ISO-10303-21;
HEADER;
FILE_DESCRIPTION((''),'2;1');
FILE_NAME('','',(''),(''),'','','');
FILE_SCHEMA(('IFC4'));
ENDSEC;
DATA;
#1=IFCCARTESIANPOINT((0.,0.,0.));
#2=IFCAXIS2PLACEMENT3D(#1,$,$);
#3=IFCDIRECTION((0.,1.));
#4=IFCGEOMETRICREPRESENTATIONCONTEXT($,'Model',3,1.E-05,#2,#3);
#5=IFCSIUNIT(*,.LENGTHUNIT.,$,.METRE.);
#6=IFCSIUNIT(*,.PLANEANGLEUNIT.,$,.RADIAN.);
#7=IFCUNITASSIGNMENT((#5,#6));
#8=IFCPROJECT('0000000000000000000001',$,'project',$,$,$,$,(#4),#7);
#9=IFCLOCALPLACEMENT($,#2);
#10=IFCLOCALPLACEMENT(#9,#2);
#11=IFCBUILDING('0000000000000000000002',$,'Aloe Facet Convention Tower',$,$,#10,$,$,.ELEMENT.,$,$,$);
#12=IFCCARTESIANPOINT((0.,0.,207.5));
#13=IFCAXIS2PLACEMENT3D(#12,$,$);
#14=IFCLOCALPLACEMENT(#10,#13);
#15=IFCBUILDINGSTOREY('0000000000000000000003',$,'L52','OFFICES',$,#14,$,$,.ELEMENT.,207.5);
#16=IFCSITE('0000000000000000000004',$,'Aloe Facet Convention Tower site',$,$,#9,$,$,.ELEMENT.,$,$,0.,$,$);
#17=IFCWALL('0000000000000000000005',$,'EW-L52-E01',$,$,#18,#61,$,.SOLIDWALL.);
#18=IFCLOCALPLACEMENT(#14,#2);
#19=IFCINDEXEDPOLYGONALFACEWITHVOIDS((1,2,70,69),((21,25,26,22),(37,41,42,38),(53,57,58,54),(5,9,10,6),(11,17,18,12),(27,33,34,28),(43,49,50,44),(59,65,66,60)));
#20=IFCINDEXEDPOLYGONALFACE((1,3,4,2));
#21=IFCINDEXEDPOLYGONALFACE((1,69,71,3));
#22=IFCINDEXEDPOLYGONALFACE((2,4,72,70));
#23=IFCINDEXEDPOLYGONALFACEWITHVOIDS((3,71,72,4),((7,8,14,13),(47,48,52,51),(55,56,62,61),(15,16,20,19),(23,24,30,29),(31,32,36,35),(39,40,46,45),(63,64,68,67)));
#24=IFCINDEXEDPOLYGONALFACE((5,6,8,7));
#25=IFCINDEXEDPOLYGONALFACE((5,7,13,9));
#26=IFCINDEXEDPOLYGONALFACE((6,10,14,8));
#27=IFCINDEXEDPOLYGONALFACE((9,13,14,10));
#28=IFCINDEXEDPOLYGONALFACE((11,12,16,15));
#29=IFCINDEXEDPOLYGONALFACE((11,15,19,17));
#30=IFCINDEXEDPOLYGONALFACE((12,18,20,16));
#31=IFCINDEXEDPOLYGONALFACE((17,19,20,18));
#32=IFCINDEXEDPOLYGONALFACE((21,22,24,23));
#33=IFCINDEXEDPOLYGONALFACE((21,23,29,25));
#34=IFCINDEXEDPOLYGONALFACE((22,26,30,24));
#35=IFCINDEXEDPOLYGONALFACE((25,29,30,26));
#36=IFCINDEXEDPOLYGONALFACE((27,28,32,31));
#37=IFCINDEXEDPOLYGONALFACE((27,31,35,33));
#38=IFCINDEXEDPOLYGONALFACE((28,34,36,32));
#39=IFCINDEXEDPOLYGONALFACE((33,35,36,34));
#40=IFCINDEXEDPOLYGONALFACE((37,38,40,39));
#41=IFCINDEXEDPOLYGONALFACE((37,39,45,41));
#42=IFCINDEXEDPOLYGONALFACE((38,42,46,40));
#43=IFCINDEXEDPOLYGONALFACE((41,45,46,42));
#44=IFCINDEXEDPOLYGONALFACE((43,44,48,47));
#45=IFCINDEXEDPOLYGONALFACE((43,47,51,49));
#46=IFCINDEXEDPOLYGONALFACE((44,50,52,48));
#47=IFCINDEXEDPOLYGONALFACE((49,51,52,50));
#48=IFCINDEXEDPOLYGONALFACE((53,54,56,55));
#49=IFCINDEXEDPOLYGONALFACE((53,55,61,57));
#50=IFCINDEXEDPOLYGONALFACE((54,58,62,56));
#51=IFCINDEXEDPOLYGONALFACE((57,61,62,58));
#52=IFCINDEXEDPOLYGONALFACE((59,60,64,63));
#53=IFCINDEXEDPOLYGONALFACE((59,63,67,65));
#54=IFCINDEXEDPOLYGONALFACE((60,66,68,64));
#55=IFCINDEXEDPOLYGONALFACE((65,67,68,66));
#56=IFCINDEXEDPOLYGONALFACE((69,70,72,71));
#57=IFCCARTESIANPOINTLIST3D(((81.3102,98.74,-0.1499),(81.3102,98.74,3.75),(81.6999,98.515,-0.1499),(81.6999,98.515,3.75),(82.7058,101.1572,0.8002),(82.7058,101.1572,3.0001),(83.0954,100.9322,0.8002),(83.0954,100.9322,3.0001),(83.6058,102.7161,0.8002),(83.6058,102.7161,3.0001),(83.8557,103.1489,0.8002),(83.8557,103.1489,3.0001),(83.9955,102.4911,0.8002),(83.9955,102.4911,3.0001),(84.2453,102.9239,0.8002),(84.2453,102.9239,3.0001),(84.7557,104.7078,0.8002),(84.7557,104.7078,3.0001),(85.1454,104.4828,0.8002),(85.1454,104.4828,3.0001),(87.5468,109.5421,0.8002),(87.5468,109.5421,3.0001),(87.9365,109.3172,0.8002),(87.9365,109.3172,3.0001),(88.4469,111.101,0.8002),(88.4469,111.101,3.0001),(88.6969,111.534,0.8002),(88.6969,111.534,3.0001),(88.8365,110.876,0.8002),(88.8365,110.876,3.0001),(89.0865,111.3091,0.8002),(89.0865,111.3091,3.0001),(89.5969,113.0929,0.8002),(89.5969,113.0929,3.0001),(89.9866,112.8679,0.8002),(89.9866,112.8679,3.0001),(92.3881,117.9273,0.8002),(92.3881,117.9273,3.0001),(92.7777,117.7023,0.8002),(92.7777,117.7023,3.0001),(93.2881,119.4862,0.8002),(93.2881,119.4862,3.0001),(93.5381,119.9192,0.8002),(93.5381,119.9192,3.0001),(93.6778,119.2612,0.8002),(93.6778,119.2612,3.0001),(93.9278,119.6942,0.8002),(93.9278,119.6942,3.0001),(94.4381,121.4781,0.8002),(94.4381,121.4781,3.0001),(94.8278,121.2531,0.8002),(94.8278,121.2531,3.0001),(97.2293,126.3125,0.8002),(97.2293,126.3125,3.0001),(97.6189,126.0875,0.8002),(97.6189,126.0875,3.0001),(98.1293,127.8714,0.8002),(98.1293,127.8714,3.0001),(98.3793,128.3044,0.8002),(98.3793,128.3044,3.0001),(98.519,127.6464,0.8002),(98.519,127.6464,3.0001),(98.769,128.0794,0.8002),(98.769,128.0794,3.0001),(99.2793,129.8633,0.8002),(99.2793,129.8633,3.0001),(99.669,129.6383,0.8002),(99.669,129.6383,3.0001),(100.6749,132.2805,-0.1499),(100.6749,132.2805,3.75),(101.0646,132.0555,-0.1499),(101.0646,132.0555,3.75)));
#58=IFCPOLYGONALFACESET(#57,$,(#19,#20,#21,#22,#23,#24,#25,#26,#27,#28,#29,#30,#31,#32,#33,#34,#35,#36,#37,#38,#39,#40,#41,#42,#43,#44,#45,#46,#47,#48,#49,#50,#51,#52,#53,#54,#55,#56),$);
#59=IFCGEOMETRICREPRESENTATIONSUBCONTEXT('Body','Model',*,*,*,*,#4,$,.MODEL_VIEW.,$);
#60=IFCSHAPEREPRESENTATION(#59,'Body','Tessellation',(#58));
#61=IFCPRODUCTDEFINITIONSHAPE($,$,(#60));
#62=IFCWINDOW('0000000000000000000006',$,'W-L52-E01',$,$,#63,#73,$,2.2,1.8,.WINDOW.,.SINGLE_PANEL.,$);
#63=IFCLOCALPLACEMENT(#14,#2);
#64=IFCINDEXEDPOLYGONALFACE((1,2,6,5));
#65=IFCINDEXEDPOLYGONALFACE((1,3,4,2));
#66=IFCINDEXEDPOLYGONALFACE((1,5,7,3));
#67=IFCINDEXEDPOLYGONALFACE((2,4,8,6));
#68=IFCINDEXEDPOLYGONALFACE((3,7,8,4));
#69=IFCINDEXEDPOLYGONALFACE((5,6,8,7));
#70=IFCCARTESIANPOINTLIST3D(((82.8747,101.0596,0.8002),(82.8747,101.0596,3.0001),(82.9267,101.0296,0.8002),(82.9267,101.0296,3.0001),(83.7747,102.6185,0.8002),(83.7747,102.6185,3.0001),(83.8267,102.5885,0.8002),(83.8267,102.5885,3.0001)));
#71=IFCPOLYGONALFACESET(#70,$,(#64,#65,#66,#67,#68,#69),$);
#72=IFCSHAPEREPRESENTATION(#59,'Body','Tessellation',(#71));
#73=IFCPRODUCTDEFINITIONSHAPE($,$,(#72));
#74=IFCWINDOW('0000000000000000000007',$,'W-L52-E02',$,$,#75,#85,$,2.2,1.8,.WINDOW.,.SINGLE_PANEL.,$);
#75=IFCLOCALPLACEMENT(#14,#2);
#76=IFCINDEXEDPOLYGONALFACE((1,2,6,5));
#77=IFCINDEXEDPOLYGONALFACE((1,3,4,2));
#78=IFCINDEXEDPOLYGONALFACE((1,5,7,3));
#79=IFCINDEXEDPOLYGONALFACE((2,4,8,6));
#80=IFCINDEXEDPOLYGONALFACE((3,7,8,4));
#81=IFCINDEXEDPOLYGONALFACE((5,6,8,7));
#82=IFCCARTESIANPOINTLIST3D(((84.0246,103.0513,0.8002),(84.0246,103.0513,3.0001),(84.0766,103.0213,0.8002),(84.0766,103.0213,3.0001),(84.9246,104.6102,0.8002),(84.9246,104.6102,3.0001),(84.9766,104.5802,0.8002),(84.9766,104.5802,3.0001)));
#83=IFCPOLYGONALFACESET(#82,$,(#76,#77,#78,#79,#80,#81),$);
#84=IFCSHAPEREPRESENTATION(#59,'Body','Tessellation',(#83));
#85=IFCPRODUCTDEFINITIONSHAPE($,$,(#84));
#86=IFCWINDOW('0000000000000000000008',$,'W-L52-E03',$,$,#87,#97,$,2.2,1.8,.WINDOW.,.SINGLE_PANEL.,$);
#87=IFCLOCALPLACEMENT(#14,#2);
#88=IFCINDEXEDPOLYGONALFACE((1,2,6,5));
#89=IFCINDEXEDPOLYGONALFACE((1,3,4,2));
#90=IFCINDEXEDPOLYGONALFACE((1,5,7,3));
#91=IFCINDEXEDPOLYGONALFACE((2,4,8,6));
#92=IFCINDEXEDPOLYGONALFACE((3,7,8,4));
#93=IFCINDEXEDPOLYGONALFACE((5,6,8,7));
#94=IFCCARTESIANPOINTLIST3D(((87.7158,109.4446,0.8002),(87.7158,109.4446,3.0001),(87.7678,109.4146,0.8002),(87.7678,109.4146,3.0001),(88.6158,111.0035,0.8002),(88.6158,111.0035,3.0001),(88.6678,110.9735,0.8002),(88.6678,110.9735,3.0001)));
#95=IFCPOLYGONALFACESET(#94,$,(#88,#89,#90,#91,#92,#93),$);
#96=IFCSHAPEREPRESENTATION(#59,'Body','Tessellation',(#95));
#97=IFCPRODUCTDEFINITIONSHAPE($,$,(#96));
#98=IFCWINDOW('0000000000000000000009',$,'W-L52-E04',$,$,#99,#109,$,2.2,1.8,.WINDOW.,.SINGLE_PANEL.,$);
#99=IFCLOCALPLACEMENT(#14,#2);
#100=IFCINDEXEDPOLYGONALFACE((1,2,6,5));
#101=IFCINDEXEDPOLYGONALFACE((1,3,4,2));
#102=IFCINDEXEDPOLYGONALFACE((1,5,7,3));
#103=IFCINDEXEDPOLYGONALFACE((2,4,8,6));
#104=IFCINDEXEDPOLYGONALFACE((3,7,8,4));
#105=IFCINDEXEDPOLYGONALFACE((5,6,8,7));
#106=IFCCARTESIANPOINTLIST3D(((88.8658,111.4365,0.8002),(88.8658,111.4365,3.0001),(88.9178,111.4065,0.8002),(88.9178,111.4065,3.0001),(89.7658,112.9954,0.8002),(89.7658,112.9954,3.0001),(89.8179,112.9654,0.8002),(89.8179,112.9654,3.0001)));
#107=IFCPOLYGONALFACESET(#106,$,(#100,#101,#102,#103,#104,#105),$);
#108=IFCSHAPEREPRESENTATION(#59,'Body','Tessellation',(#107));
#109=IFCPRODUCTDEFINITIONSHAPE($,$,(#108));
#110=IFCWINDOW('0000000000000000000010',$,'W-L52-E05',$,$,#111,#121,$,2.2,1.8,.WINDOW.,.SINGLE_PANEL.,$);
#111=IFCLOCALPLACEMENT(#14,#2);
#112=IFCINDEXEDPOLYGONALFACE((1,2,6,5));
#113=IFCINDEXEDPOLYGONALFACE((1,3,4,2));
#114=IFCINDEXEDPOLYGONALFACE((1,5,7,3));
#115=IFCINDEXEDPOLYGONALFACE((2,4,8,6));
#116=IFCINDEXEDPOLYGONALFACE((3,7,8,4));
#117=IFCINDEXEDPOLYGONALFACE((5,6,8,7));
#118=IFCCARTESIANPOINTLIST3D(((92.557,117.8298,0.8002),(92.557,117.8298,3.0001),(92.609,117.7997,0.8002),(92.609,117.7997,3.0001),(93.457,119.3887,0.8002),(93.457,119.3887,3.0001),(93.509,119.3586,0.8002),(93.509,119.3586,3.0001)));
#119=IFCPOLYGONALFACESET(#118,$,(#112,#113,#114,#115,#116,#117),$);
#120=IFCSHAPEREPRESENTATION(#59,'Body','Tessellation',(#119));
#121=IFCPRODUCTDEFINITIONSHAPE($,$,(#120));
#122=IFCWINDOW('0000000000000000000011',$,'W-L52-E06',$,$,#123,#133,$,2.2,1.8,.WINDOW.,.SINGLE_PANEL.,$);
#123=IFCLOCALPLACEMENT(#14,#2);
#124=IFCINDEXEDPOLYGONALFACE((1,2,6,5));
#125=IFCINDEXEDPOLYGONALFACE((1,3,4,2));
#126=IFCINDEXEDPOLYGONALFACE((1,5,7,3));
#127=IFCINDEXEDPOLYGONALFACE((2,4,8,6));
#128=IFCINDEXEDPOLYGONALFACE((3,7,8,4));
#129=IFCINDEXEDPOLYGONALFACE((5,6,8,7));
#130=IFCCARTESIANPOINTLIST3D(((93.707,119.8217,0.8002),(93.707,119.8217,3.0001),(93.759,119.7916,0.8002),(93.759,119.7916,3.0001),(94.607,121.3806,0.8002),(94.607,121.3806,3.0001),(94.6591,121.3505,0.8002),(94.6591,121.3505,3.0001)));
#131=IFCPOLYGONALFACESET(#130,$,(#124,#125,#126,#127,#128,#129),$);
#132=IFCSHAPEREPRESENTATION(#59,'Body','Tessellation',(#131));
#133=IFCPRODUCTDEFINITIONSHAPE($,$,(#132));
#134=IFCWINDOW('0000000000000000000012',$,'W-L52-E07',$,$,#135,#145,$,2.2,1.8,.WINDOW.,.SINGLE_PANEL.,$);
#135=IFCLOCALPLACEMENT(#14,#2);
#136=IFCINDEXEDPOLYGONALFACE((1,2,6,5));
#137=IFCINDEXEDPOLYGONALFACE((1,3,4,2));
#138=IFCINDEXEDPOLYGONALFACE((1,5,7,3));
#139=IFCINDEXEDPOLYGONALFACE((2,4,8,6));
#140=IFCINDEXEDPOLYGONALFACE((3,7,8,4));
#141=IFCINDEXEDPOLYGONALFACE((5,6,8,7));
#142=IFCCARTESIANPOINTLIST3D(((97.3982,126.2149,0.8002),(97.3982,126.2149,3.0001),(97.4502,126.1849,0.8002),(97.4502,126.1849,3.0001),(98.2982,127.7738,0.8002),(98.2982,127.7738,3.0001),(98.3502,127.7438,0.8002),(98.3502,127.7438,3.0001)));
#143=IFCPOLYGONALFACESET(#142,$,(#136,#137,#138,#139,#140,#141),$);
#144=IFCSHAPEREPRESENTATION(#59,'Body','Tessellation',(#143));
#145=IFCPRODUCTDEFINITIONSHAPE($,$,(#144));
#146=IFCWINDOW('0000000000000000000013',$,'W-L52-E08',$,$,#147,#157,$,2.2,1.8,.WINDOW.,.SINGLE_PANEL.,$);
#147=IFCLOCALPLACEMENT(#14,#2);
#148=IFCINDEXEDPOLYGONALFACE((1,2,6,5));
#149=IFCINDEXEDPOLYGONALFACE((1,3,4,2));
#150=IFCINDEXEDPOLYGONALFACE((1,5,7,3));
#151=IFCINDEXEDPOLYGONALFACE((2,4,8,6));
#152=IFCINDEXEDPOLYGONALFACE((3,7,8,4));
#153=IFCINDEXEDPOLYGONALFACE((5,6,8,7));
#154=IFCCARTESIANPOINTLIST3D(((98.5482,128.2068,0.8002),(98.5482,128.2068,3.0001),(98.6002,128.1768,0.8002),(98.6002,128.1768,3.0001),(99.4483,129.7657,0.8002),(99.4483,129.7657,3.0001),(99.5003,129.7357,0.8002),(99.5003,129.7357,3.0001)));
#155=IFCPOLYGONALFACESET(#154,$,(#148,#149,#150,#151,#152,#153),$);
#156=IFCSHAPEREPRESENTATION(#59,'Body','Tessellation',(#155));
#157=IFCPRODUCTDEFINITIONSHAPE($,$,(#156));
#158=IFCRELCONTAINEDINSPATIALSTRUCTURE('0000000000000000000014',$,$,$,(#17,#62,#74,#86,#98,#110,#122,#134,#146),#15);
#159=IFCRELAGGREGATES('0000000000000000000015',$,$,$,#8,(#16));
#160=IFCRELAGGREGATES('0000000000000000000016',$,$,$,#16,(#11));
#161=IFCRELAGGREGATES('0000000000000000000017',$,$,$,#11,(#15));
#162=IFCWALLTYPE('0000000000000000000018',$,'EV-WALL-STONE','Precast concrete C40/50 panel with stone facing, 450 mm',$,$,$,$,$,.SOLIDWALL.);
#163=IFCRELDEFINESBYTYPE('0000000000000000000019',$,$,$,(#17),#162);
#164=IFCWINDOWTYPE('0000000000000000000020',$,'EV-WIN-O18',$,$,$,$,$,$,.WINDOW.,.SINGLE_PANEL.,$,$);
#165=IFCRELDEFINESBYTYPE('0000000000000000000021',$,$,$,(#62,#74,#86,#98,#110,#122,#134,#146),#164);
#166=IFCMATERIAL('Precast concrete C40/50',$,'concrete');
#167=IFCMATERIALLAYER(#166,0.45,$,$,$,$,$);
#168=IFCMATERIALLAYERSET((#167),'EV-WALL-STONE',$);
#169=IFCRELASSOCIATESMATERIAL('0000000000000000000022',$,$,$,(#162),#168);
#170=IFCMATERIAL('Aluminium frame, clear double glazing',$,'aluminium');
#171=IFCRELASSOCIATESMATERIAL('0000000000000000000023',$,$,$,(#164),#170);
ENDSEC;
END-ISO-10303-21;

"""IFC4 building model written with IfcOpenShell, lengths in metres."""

from ifc_helpers import new_model, si_unit, direction, frame, frame_2d, origin, place, context, subcontext, project, spatial, polyline, rectangle, outline, extrude, material, layer, layer_set, type_object, element, fill, save


model = new_model("IFC4")

# Units and contexts
model_context = context("Model", 3, precision=1e-05, world=origin(), true_north=direction((0.0, 1.0)))
body_context = subcontext(model_context, "Body", "Model", "MODEL_VIEW")
ifc_project = project(units=[si_unit("LENGTHUNIT", "METRE"), si_unit("PLANEANGLEUNIT", "RADIAN")], contexts=[model_context])

# Site, building, storey
site_placement = place(None, origin())
site = spatial("IfcSite", under=ifc_project, at=site_placement, Name="Aloe Facet Convention Tower site", CompositionType="ELEMENT", RefElevation=0.0)
building_placement = place(site_placement, origin())
building = spatial("IfcBuilding", under=site, at=building_placement, Name="Aloe Facet Convention Tower", CompositionType="ELEMENT")
storey_placement = place(building_placement, frame((0.0, 0.0, 207.5)))
storey = spatial("IfcBuildingStorey", under=building, at=storey_placement, Name="L52", Description="OFFICES", CompositionType="ELEMENT", Elevation=207.5)

# Wall, openings, windows
ifc_material_1 = material(Name="Precast concrete C40/50", Category="concrete")
ifc_layer_1 = layer(ifc_material_1, 0.45)
ifc_layer_set_1 = layer_set([ifc_layer_1], Name="EV-WALL-STONE")
wall_type_1 = type_object("IfcWallType", Name="EV-WALL-STONE", Description="Precast concrete C40/50 panel with stone facing, 450 mm", PredefinedType="SOLIDWALL", material=ifc_layer_set_1)
wall_1_placement = place(storey_placement, frame((81.5051, 98.6274, -0.1499), z_axis=(0.0, 0.0, 1.0), x_axis=(0.500002, 0.866024, 0.0)))
wall_1 = element("IfcWall", 1, at=wall_1_placement, inside=storey, type_object=wall_type_1, Name="EW-L52-E01", PredefinedType="SOLIDWALL", context=body_context, shape_type="SweptSolid", body=[
    extrude(outline(polyline([(38.7292, 0.0), (38.7292, 3.8999), (0.0, 3.8999), (0.0, 0.0), (38.7292, 0.0)])), frame((0.0, 0.2251, 0.0), z_axis=(0.0, -1.0, 0.0), x_axis=(1.0, 0.0, 0.0)), (0.0, 0.0, 1.0), 0.45),
])
opening_1_placement = place(wall_1_placement, frame((2.7913, 0.0, 0.95)))
opening_1 = element("IfcOpeningElement", 2, at=opening_1_placement, cuts=wall_1, PredefinedType="OPENING", context=body_context, shape_type="SweptSolid", body=[
    extrude(rectangle(XDim=1.8, YDim=2.2, at=frame_2d((0.8999, 1.1001))), frame((0.0, 0.2349, 0.0), z_axis=(0.0, -1.0, 0.0), x_axis=(1.0, 0.0, 0.0)), (0.0, 0.0, 1.0), 0.47),
])
opening_2_placement = place(wall_1_placement, frame((5.0911, 0.0, 0.95)))
opening_2 = element("IfcOpeningElement", 3, at=opening_2_placement, cuts=wall_1, PredefinedType="OPENING", context=body_context, shape_type="SweptSolid", body=[
    extrude(rectangle(XDim=1.8, YDim=2.2, at=frame_2d((0.8999, 1.1001))), frame((0.0, 0.2349, 0.0), z_axis=(0.0, -1.0, 0.0), x_axis=(1.0, 0.0, 0.0)), (0.0, 0.0, 1.0), 0.47),
])
opening_3_placement = place(wall_1_placement, frame((12.4734, 0.0, 0.95)))
opening_3 = element("IfcOpeningElement", 4, at=opening_3_placement, cuts=wall_1, PredefinedType="OPENING", context=body_context, shape_type="SweptSolid", body=[
    extrude(rectangle(XDim=1.8, YDim=2.2, at=frame_2d((0.8999, 1.1001))), frame((0.0, 0.2349, 0.0), z_axis=(0.0, -1.0, 0.0), x_axis=(1.0, 0.0, 0.0)), (0.0, 0.0, 1.0), 0.47),
])
opening_4_placement = place(wall_1_placement, frame((14.7734, 0.0, 0.95)))
opening_4 = element("IfcOpeningElement", 5, at=opening_4_placement, cuts=wall_1, PredefinedType="OPENING", context=body_context, shape_type="SweptSolid", body=[
    extrude(rectangle(XDim=1.8, YDim=2.2, at=frame_2d((0.8999, 1.1001))), frame((0.0, 0.2349, 0.0), z_axis=(0.0, -1.0, 0.0), x_axis=(1.0, 0.0, 0.0)), (0.0, 0.0, 1.0), 0.47),
])
opening_5_placement = place(wall_1_placement, frame((22.1558, 0.0, 0.95)))
opening_5 = element("IfcOpeningElement", 6, at=opening_5_placement, cuts=wall_1, PredefinedType="OPENING", context=body_context, shape_type="SweptSolid", body=[
    extrude(rectangle(XDim=1.8, YDim=2.2, at=frame_2d((0.8999, 1.1001))), frame((0.0, 0.2349, 0.0), z_axis=(0.0, -1.0, 0.0), x_axis=(1.0, 0.0, 0.0)), (0.0, 0.0, 1.0), 0.47),
])
opening_6_placement = place(wall_1_placement, frame((24.4558, 0.0, 0.95)))
opening_6 = element("IfcOpeningElement", 7, at=opening_6_placement, cuts=wall_1, PredefinedType="OPENING", context=body_context, shape_type="SweptSolid", body=[
    extrude(rectangle(XDim=1.8, YDim=2.2, at=frame_2d((0.8999, 1.1001))), frame((0.0, 0.2349, 0.0), z_axis=(0.0, -1.0, 0.0), x_axis=(1.0, 0.0, 0.0)), (0.0, 0.0, 1.0), 0.47),
])
opening_7_placement = place(wall_1_placement, frame((31.8381, 0.0, 0.95)))
opening_7 = element("IfcOpeningElement", 8, at=opening_7_placement, cuts=wall_1, PredefinedType="OPENING", context=body_context, shape_type="SweptSolid", body=[
    extrude(rectangle(XDim=1.8, YDim=2.2, at=frame_2d((0.8999, 1.1001))), frame((0.0, 0.2349, 0.0), z_axis=(0.0, -1.0, 0.0), x_axis=(1.0, 0.0, 0.0)), (0.0, 0.0, 1.0), 0.47),
])
opening_8_placement = place(wall_1_placement, frame((34.1382, 0.0, 0.95)))
opening_8 = element("IfcOpeningElement", 9, at=opening_8_placement, cuts=wall_1, PredefinedType="OPENING", context=body_context, shape_type="SweptSolid", body=[
    extrude(rectangle(XDim=1.8, YDim=2.2, at=frame_2d((0.8999, 1.1001))), frame((0.0, 0.2349, 0.0), z_axis=(0.0, -1.0, 0.0), x_axis=(1.0, 0.0, 0.0)), (0.0, 0.0, 1.0), 0.47),
])
ifc_material_2 = material(Name="Aluminium frame, clear double glazing", Category="aluminium")
window_type = type_object("IfcWindowType", Name="EV-WIN-O18", PartitioningType="SINGLE_PANEL", PredefinedType="WINDOW", material=ifc_material_2)
window_1_placement = place(opening_1_placement, origin())
window_1 = element("IfcWindow", 10, at=window_1_placement, inside=storey, type_object=window_type, Name="W-L52-E01", OverallHeight=2.2, OverallWidth=1.8, PartitioningType="SINGLE_PANEL", PredefinedType="WINDOW", context=body_context, shape_type="SweptSolid", body=[
    extrude(rectangle(XDim=1.8, YDim=2.2, at=frame_2d((0.8999, 1.1001))), frame((0.0, 0.03, 0.0), z_axis=(0.0, -1.0, 0.0), x_axis=(1.0, 0.0, 0.0)), (0.0, 0.0, 1.0), 0.0601),
])
fill(opening_1, window_1)
window_2_placement = place(opening_2_placement, origin())
window_2 = element("IfcWindow", 11, at=window_2_placement, inside=storey, type_object=window_type, Name="W-L52-E02", OverallHeight=2.2, OverallWidth=1.8, PartitioningType="SINGLE_PANEL", PredefinedType="WINDOW", context=body_context, shape_type="SweptSolid", body=[
    extrude(rectangle(XDim=1.8, YDim=2.2, at=frame_2d((0.8999, 1.1001))), frame((0.0, 0.03, 0.0), z_axis=(0.0, -1.0, 0.0), x_axis=(1.0, 0.0, 0.0)), (0.0, 0.0, 1.0), 0.0601),
])
fill(opening_2, window_2)
window_3_placement = place(opening_3_placement, origin())
window_3 = element("IfcWindow", 12, at=window_3_placement, inside=storey, type_object=window_type, Name="W-L52-E03", OverallHeight=2.2, OverallWidth=1.8, PartitioningType="SINGLE_PANEL", PredefinedType="WINDOW", context=body_context, shape_type="SweptSolid", body=[
    extrude(rectangle(XDim=1.8, YDim=2.2, at=frame_2d((0.8999, 1.1001))), frame((0.0, 0.03, 0.0), z_axis=(0.0, -1.0, 0.0), x_axis=(1.0, 0.0, 0.0)), (0.0, 0.0, 1.0), 0.0601),
])
fill(opening_3, window_3)
window_4_placement = place(opening_4_placement, origin())
window_4 = element("IfcWindow", 13, at=window_4_placement, inside=storey, type_object=window_type, Name="W-L52-E04", OverallHeight=2.2, OverallWidth=1.8, PartitioningType="SINGLE_PANEL", PredefinedType="WINDOW", context=body_context, shape_type="SweptSolid", body=[
    extrude(rectangle(XDim=1.8, YDim=2.2, at=frame_2d((0.8999, 1.1001))), frame((0.0, 0.03, 0.0), z_axis=(0.0, -1.0, 0.0), x_axis=(1.0, 0.0, 0.0)), (0.0, 0.0, 1.0), 0.0601),
])
fill(opening_4, window_4)
window_5_placement = place(opening_5_placement, origin())
window_5 = element("IfcWindow", 14, at=window_5_placement, inside=storey, type_object=window_type, Name="W-L52-E05", OverallHeight=2.2, OverallWidth=1.8, PartitioningType="SINGLE_PANEL", PredefinedType="WINDOW", context=body_context, shape_type="SweptSolid", body=[
    extrude(rectangle(XDim=1.8, YDim=2.2, at=frame_2d((0.8999, 1.1001))), frame((0.0, 0.03, 0.0), z_axis=(0.0, -1.0, 0.0), x_axis=(1.0, 0.0, 0.0)), (0.0, 0.0, 1.0), 0.0601),
])
fill(opening_5, window_5)
window_6_placement = place(opening_6_placement, origin())
window_6 = element("IfcWindow", 15, at=window_6_placement, inside=storey, type_object=window_type, Name="W-L52-E06", OverallHeight=2.2, OverallWidth=1.8, PartitioningType="SINGLE_PANEL", PredefinedType="WINDOW", context=body_context, shape_type="SweptSolid", body=[
    extrude(rectangle(XDim=1.8, YDim=2.2, at=frame_2d((0.8999, 1.1001))), frame((0.0, 0.03, 0.0), z_axis=(0.0, -1.0, 0.0), x_axis=(1.0, 0.0, 0.0)), (0.0, 0.0, 1.0), 0.0601),
])
fill(opening_6, window_6)
window_7_placement = place(opening_7_placement, origin())
window_7 = element("IfcWindow", 16, at=window_7_placement, inside=storey, type_object=window_type, Name="W-L52-E07", OverallHeight=2.2, OverallWidth=1.8, PartitioningType="SINGLE_PANEL", PredefinedType="WINDOW", context=body_context, shape_type="SweptSolid", body=[
    extrude(rectangle(XDim=1.8, YDim=2.2, at=frame_2d((0.8999, 1.1001))), frame((0.0, 0.03, 0.0), z_axis=(0.0, -1.0, 0.0), x_axis=(1.0, 0.0, 0.0)), (0.0, 0.0, 1.0), 0.0601),
])
fill(opening_7, window_7)
window_8_placement = place(opening_8_placement, origin())
window_8 = element("IfcWindow", 17, at=window_8_placement, inside=storey, type_object=window_type, Name="W-L52-E08", OverallHeight=2.2, OverallWidth=1.8, PartitioningType="SINGLE_PANEL", PredefinedType="WINDOW", context=body_context, shape_type="SweptSolid", body=[
    extrude(rectangle(XDim=1.8, YDim=2.2, at=frame_2d((0.8999, 1.1001))), frame((0.0, 0.03, 0.0), z_axis=(0.0, -1.0, 0.0), x_axis=(1.0, 0.0, 0.0)), (0.0, 0.0, 1.0), 0.0601),
])
fill(opening_8, window_8)

save(model, "model.ifc")
